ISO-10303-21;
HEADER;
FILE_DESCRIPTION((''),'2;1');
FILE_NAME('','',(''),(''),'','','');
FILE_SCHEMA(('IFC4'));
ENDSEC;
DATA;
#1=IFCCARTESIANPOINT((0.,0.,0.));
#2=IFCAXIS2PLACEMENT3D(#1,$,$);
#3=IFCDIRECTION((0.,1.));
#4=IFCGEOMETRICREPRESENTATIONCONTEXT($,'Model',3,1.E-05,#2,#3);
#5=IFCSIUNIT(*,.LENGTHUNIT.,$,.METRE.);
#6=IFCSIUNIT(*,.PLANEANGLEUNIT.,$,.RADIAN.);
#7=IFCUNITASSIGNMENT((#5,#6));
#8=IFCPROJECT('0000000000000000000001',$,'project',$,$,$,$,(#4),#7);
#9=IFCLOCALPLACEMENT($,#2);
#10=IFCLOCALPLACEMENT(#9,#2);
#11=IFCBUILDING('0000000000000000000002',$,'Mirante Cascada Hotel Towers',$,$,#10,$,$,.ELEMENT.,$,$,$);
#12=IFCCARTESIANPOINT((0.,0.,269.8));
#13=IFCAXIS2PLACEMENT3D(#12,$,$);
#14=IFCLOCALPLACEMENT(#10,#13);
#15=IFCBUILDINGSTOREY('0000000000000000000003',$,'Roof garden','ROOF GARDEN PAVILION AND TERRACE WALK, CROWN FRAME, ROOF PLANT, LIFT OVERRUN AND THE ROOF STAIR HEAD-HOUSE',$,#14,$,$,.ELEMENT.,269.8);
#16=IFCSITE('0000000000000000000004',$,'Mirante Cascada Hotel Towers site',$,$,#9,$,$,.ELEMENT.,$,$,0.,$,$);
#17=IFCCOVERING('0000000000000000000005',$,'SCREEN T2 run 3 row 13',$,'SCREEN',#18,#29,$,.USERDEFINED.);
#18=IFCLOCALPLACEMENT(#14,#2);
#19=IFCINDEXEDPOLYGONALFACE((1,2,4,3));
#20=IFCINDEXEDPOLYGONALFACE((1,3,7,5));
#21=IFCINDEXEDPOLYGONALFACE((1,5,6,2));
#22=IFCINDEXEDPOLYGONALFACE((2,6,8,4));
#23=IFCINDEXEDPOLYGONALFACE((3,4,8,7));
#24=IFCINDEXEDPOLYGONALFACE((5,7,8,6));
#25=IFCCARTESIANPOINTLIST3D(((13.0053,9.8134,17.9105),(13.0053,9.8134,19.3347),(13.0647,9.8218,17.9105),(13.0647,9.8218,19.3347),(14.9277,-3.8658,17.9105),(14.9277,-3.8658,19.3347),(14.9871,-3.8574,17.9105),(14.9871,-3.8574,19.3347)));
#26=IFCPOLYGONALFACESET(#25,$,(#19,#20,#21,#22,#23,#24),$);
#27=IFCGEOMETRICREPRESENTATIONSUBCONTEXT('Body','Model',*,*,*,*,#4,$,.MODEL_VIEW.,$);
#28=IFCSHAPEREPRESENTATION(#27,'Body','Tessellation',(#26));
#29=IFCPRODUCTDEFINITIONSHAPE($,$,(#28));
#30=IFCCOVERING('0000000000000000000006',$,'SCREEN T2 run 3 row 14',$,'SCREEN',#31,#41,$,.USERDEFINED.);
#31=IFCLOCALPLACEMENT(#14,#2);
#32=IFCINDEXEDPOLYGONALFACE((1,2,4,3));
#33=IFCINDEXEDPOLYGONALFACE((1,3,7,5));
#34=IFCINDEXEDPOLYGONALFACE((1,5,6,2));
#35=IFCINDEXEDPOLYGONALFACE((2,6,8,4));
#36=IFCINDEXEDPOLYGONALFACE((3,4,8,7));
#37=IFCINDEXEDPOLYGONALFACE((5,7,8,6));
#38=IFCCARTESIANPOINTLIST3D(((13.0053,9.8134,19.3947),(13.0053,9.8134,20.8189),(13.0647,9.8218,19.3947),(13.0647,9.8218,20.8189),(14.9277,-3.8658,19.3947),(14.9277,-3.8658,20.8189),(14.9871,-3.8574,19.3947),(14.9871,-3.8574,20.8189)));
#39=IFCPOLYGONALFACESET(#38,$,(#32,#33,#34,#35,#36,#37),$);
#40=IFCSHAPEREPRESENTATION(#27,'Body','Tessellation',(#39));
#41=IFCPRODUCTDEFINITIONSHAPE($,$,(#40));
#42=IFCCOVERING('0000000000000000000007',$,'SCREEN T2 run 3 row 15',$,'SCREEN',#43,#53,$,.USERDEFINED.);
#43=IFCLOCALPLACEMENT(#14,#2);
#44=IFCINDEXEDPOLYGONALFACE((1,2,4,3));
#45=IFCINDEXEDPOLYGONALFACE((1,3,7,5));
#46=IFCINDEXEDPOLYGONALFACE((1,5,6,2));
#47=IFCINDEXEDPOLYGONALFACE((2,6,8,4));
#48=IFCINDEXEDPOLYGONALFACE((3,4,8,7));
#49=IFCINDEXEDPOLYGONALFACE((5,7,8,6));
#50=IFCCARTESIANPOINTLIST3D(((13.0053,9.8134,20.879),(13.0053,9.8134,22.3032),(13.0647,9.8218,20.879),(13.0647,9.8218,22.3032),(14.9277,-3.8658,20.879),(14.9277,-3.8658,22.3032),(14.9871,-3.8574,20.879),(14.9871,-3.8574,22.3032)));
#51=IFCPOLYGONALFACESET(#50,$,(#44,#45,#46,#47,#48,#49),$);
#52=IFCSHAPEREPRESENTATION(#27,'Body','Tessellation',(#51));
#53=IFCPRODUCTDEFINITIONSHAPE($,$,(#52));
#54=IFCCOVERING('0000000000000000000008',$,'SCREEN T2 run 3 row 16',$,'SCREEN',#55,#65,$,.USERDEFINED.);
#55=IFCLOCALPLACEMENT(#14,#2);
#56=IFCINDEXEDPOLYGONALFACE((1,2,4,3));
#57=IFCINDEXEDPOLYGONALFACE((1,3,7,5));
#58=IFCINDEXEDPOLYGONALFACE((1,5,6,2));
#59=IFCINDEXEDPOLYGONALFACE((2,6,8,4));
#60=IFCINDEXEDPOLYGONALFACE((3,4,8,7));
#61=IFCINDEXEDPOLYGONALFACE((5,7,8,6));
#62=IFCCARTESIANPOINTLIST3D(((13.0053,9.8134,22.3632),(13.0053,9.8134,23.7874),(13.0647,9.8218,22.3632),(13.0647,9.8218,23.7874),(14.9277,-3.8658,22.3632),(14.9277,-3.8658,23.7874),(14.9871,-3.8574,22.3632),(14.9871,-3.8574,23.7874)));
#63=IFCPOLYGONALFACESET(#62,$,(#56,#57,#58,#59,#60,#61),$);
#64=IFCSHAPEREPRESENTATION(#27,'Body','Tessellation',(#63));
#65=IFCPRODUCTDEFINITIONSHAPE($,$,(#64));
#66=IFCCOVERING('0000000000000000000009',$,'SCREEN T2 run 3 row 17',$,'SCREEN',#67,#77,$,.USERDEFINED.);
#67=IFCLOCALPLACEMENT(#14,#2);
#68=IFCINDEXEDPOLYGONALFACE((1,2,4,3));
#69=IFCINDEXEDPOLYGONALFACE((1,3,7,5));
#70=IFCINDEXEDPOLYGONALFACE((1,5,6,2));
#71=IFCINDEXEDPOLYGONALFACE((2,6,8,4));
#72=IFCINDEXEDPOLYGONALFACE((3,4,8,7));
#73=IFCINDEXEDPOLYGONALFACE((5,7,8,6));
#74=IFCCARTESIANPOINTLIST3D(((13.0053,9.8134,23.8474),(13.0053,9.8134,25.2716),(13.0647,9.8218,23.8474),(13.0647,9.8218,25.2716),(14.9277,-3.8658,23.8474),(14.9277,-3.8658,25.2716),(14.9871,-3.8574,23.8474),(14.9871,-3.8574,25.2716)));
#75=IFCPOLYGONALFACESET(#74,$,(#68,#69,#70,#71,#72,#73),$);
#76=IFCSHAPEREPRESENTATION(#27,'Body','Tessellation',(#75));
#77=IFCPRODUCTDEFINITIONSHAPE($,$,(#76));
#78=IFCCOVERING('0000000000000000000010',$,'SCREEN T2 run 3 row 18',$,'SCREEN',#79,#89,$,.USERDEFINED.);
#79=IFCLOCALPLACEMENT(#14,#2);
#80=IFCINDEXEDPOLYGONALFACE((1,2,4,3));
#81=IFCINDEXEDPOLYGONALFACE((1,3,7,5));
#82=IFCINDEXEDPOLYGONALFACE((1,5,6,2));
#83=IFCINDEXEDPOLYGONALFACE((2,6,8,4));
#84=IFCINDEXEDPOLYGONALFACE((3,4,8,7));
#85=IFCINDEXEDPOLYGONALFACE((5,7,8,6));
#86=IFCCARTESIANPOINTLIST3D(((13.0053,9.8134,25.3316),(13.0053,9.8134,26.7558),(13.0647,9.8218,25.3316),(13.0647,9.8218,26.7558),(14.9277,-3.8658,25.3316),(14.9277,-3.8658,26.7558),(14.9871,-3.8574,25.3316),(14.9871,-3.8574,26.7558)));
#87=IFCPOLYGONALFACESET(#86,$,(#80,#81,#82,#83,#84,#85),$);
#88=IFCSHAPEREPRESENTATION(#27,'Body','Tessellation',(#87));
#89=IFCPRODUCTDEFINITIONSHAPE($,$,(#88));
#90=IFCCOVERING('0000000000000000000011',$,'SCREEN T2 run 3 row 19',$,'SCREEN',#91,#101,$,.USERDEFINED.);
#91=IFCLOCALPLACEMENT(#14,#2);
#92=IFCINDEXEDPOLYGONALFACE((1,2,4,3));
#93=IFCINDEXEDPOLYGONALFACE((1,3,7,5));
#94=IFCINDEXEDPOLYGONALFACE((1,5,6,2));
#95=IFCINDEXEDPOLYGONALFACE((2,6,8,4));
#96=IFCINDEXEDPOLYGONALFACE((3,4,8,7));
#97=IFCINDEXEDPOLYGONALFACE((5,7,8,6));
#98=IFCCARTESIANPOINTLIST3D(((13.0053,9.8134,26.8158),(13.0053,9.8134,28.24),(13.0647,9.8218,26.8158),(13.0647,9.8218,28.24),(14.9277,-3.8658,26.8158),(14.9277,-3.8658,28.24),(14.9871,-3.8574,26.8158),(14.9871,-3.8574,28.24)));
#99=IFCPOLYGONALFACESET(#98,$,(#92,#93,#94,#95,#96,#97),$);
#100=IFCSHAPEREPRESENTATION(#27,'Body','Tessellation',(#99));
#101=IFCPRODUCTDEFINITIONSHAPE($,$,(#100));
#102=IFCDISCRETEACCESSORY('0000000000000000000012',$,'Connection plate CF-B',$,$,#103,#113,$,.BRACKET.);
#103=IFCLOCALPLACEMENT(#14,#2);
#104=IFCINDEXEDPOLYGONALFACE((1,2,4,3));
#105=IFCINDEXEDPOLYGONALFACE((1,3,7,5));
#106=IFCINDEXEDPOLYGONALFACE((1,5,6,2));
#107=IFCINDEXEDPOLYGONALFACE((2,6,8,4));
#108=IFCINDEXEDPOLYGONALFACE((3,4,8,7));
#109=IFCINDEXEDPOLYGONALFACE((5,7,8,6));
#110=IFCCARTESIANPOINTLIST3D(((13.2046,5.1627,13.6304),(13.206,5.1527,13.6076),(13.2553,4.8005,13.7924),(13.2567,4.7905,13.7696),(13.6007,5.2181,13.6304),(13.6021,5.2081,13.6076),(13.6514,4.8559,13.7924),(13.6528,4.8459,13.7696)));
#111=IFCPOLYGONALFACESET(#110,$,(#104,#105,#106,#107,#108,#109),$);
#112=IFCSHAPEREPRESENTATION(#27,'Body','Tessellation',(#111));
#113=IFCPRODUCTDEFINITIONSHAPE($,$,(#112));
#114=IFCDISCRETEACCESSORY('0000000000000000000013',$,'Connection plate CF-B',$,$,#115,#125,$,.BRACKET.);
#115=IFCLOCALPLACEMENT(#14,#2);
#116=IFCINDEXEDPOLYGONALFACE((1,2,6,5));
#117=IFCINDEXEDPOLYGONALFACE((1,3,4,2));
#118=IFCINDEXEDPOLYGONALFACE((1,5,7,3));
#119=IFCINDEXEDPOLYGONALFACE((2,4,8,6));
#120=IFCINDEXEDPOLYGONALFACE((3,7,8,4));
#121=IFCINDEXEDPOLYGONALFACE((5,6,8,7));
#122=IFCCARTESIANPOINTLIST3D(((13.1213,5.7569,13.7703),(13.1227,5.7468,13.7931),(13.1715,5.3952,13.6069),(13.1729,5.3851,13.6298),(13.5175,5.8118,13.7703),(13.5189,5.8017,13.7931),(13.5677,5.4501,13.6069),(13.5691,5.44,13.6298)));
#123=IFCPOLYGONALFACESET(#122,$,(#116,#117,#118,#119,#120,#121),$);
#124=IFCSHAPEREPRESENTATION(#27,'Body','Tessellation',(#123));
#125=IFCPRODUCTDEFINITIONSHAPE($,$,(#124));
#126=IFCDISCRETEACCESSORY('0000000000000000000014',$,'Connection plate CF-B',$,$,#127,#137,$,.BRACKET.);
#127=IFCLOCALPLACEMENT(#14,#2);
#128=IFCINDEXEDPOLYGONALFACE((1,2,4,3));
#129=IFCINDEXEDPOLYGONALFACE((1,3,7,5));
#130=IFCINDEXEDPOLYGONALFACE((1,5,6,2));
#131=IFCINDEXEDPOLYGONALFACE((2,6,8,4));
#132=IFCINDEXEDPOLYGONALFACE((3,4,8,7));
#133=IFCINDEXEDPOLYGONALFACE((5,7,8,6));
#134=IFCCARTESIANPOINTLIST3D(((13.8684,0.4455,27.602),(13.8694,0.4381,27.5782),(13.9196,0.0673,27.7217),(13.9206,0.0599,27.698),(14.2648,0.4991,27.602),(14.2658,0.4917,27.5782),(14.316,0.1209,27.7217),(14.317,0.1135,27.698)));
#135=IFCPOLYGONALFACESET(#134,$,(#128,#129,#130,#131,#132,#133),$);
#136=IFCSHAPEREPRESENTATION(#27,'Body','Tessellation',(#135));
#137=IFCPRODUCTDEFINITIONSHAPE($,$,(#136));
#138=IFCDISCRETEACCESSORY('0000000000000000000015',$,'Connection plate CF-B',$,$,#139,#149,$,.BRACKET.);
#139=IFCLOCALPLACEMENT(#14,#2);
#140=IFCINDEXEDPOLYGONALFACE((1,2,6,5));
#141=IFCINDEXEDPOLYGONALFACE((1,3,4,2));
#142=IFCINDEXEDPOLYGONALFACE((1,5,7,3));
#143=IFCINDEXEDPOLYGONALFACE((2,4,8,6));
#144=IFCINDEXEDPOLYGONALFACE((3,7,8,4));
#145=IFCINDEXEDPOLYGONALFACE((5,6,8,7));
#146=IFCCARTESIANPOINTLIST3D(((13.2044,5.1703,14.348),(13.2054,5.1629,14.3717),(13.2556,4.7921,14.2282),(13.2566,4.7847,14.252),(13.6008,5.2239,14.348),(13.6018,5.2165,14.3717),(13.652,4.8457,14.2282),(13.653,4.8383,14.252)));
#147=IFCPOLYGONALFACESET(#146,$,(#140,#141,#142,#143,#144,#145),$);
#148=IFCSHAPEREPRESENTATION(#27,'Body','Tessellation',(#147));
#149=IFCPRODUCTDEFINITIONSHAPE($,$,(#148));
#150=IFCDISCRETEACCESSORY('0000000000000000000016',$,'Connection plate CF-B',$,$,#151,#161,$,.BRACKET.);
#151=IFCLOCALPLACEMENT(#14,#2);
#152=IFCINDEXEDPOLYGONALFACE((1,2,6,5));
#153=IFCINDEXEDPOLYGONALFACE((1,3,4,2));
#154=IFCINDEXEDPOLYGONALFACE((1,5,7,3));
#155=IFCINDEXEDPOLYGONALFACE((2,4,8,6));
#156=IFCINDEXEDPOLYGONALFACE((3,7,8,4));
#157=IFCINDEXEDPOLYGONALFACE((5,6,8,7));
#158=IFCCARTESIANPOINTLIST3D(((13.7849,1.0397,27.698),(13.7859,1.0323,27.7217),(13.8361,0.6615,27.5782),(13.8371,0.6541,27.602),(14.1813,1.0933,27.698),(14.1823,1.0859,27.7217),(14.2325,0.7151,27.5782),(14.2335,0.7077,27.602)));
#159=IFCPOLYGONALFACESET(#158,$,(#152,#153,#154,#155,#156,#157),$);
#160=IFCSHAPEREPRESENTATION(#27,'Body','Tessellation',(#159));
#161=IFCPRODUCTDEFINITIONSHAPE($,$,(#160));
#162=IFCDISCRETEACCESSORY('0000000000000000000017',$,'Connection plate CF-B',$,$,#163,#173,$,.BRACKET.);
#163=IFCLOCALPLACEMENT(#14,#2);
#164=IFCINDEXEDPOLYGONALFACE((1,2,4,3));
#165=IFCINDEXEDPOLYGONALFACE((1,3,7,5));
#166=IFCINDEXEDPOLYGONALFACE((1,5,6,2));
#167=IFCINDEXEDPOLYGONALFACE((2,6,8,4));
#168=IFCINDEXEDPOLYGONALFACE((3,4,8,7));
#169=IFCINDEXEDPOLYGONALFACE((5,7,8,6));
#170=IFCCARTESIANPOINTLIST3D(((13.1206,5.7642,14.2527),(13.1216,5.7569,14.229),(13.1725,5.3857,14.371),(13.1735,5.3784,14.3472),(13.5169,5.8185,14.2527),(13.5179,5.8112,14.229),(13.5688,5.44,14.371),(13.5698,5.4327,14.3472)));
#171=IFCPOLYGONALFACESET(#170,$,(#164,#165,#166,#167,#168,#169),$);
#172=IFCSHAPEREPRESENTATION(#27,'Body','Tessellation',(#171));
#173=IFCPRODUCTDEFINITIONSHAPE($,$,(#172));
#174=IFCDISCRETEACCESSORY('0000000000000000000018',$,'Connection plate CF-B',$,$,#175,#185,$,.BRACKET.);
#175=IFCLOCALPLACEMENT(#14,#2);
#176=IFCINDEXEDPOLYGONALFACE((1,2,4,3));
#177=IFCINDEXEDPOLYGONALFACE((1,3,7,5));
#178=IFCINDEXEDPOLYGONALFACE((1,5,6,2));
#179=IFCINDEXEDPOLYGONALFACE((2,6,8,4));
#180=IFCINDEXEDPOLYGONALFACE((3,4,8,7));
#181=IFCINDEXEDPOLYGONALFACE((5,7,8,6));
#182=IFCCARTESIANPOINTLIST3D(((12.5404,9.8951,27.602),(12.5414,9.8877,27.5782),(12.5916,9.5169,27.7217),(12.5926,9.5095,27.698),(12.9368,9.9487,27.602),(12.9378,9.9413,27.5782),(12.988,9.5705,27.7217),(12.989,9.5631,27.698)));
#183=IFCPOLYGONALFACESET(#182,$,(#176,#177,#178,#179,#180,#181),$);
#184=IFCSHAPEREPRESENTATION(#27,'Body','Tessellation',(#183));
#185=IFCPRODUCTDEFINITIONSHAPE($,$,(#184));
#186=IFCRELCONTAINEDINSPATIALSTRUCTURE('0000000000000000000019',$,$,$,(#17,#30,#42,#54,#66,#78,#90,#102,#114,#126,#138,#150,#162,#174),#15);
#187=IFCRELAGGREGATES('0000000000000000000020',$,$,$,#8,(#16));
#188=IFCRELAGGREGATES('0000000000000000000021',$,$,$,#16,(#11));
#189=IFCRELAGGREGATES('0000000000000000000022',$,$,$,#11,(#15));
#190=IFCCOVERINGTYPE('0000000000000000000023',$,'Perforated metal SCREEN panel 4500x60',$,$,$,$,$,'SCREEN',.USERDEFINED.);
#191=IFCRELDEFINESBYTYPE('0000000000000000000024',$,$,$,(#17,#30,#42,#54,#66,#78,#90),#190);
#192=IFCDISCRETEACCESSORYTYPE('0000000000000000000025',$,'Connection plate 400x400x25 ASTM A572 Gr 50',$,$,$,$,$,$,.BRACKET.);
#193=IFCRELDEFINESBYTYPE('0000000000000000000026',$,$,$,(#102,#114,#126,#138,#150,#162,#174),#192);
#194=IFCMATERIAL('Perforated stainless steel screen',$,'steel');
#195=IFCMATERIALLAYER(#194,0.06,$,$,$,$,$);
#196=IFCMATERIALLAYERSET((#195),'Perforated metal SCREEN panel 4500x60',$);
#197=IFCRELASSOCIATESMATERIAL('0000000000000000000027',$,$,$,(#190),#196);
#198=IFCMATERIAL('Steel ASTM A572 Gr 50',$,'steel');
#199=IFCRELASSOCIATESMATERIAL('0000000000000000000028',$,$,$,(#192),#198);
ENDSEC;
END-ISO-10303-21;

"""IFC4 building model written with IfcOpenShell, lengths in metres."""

from ifc_helpers import new_model, si_unit, direction, frame, origin, origin_2d, place, context, subcontext, project, spatial, rectangle, extrude, material, layer, layer_set, material_profile, profile_set, type_object, element, save


model = new_model("IFC4")

# Units and contexts
model_context = context("Model", 3, precision=1e-05, world=origin(), true_north=direction((0.0, 1.0)))
body_context = subcontext(model_context, "Body", "Model", "MODEL_VIEW")
ifc_project = project(units=[si_unit("LENGTHUNIT", "METRE"), si_unit("PLANEANGLEUNIT", "RADIAN")], contexts=[model_context])

# Site, building, storey
site_placement = place(None, origin())
site = spatial("IfcSite", under=ifc_project, at=site_placement, Name="Mirante Cascada Hotel Towers site", CompositionType="ELEMENT", RefElevation=0.0)
building_placement = place(site_placement, origin())
building = spatial("IfcBuilding", under=site, at=building_placement, Name="Mirante Cascada Hotel Towers", CompositionType="ELEMENT")
storey_placement = place(building_placement, frame((0.0, 0.0, 269.8)))
storey = spatial("IfcBuildingStorey", under=building, at=storey_placement, Name="Roof garden", Description="ROOF GARDEN PAVILION AND TERRACE WALK, CROWN FRAME, ROOF PLANT, LIFT OVERRUN AND THE ROOF STAIR HEAD-HOUSE", CompositionType="ELEMENT", Elevation=269.8)

# Coverings
ifc_material_1 = material(Name="Perforated stainless steel screen", Category="steel")
ifc_layer_1 = layer(ifc_material_1, 0.06)
ifc_layer_set_1 = layer_set([ifc_layer_1], Name="Perforated metal SCREEN panel 4500x60")
covering_type = type_object("IfcCoveringType", Name="Perforated metal SCREEN panel 4500x60", ElementType="SCREEN", PredefinedType="USERDEFINED", material=ifc_layer_set_1)
for number, where, z_axis, x_axis, name in (
    (1, (13.9962, 2.978, 17.9105), (0.0, 0.0, 1.0), (-0.139173, 0.990268, 0.0), "SCREEN T2 run 3 row 13"),
    (2, (13.9962, 2.978, 19.3947), (0.0, 0.0, 1.0), (-0.139173, 0.990268, 0.0), "SCREEN T2 run 3 row 14"),
    (3, (13.9962, 2.978, 20.879), (0.0, 0.0, 1.0), (-0.139173, 0.990268, 0.0), "SCREEN T2 run 3 row 15"),
    (4, (13.9962, 2.978, 22.3632), (0.0, 0.0, 1.0), (-0.139173, 0.990268, 0.0), "SCREEN T2 run 3 row 16"),
    (5, (13.9962, 2.978, 23.8474), (0.0, 0.0, 1.0), (-0.139173, 0.990268, 0.0), "SCREEN T2 run 3 row 17"),
    (6, (13.9962, 2.978, 25.3316), (0.0, 0.0, 1.0), (-0.139173, 0.990268, 0.0), "SCREEN T2 run 3 row 18"),
    (7, (13.9962, 2.978, 26.8158), (0.0, 0.0, 1.0), (-0.139173, 0.990268, 0.0), "SCREEN T2 run 3 row 19"),
):
    element("IfcCovering", number, at=place(storey_placement, frame(where, z_axis=z_axis, x_axis=x_axis)), inside=storey, type_object=covering_type, Name=name, ObjectType="SCREEN", PredefinedType="USERDEFINED", context=body_context, shape_type="SweptSolid", body=[
        extrude(rectangle(XDim=13.8136, YDim=0.06, at=origin_2d()), origin(), (0.0, 0.0, 1.0), 1.4242),
    ])

# Discrete accessories
ifc_material_2 = material(Name="Steel ASTM A572 Gr 50", Category="steel")
ifc_material_profile_1 = material_profile(ifc_material_2, rectangle(XDim=0.4, YDim=0.4, at=origin_2d()), Name="Connection plate 400x400x25 ASTM A572 Gr 50")
ifc_profile_set_1 = profile_set([ifc_material_profile_1], Name="Steel ASTM A572 Gr 50")
discrete_accessory_type = type_object("IfcDiscreteAccessoryType", Name="Connection plate 400x400x25 ASTM A572 Gr 50", PredefinedType="BRACKET", material=ifc_profile_set_1)
discrete_accessory_1_placement = place(storey_placement, frame((13.4294, 4.9993, 13.6886), z_axis=(-0.056144, 0.401028, 0.914344), x_axis=(-0.990342, -0.138648, 0.0)))
element("IfcDiscreteAccessory", 8, at=discrete_accessory_1_placement, inside=storey, type_object=discrete_accessory_type, Name="Connection plate CF-B", PredefinedType="BRACKET", context=body_context, shape_type="SweptSolid", body=[
    extrude(rectangle(XDim=0.4, YDim=0.4, at=origin_2d()), origin(), (0.0, 0.0, 1.0), 0.0249),
])
discrete_accessory_2_placement = place(storey_placement, frame((13.3445, 5.6035, 13.6886), z_axis=(0.056053, -0.404385, 0.91287), x_axis=(0.990529, 0.137301, 0.0)))
element("IfcDiscreteAccessory", 9, at=discrete_accessory_2_placement, inside=storey, type_object=discrete_accessory_type, Name="Connection plate CF-B", PredefinedType="BRACKET", context=body_context, shape_type="SweptSolid", body=[
    extrude(rectangle(XDim=0.4, YDim=0.4, at=origin_2d()), origin(), (0.0, 0.0, 1.0), 0.025),
])
for number, where, z_axis, x_axis, name in (
    (10, (14.0932, 0.2758, 27.6381), (-0.04009, 0.296665, 0.95414), (-0.990992, -0.133918, 0.0), "Connection plate CF-B"),
    (11, (13.4282, 5.008, 14.2881), (0.04009, -0.296665, 0.95414), (0.990992, 0.133918, 0.0), "Connection plate CF-B"),
    (12, (14.0087, 0.8774, 27.6381), (0.04009, -0.296665, 0.95414), (0.990992, 0.133918, 0.0), "Connection plate CF-B"),
    (13, (13.3457, 5.5948, 14.2881), (-0.040137, 0.293003, 0.955269), (-0.990747, -0.135719, 0.0), "Connection plate CF-B"),
    (14, (12.7652, 9.7254, 27.6381), (-0.04009, 0.296665, 0.95414), (-0.990992, -0.133918, 0.0), "Connection plate CF-B"),
):
    element("IfcDiscreteAccessory", number, at=place(storey_placement, frame(where, z_axis=z_axis, x_axis=x_axis)), inside=storey, type_object=discrete_accessory_type, Name=name, PredefinedType="BRACKET", context=body_context, shape_type="SweptSolid", body=[
        extrude(rectangle(XDim=0.4, YDim=0.4, at=origin_2d()), origin(), (0.0, 0.0, 1.0), 0.0249),
    ])

save(model, "model.ifc")
